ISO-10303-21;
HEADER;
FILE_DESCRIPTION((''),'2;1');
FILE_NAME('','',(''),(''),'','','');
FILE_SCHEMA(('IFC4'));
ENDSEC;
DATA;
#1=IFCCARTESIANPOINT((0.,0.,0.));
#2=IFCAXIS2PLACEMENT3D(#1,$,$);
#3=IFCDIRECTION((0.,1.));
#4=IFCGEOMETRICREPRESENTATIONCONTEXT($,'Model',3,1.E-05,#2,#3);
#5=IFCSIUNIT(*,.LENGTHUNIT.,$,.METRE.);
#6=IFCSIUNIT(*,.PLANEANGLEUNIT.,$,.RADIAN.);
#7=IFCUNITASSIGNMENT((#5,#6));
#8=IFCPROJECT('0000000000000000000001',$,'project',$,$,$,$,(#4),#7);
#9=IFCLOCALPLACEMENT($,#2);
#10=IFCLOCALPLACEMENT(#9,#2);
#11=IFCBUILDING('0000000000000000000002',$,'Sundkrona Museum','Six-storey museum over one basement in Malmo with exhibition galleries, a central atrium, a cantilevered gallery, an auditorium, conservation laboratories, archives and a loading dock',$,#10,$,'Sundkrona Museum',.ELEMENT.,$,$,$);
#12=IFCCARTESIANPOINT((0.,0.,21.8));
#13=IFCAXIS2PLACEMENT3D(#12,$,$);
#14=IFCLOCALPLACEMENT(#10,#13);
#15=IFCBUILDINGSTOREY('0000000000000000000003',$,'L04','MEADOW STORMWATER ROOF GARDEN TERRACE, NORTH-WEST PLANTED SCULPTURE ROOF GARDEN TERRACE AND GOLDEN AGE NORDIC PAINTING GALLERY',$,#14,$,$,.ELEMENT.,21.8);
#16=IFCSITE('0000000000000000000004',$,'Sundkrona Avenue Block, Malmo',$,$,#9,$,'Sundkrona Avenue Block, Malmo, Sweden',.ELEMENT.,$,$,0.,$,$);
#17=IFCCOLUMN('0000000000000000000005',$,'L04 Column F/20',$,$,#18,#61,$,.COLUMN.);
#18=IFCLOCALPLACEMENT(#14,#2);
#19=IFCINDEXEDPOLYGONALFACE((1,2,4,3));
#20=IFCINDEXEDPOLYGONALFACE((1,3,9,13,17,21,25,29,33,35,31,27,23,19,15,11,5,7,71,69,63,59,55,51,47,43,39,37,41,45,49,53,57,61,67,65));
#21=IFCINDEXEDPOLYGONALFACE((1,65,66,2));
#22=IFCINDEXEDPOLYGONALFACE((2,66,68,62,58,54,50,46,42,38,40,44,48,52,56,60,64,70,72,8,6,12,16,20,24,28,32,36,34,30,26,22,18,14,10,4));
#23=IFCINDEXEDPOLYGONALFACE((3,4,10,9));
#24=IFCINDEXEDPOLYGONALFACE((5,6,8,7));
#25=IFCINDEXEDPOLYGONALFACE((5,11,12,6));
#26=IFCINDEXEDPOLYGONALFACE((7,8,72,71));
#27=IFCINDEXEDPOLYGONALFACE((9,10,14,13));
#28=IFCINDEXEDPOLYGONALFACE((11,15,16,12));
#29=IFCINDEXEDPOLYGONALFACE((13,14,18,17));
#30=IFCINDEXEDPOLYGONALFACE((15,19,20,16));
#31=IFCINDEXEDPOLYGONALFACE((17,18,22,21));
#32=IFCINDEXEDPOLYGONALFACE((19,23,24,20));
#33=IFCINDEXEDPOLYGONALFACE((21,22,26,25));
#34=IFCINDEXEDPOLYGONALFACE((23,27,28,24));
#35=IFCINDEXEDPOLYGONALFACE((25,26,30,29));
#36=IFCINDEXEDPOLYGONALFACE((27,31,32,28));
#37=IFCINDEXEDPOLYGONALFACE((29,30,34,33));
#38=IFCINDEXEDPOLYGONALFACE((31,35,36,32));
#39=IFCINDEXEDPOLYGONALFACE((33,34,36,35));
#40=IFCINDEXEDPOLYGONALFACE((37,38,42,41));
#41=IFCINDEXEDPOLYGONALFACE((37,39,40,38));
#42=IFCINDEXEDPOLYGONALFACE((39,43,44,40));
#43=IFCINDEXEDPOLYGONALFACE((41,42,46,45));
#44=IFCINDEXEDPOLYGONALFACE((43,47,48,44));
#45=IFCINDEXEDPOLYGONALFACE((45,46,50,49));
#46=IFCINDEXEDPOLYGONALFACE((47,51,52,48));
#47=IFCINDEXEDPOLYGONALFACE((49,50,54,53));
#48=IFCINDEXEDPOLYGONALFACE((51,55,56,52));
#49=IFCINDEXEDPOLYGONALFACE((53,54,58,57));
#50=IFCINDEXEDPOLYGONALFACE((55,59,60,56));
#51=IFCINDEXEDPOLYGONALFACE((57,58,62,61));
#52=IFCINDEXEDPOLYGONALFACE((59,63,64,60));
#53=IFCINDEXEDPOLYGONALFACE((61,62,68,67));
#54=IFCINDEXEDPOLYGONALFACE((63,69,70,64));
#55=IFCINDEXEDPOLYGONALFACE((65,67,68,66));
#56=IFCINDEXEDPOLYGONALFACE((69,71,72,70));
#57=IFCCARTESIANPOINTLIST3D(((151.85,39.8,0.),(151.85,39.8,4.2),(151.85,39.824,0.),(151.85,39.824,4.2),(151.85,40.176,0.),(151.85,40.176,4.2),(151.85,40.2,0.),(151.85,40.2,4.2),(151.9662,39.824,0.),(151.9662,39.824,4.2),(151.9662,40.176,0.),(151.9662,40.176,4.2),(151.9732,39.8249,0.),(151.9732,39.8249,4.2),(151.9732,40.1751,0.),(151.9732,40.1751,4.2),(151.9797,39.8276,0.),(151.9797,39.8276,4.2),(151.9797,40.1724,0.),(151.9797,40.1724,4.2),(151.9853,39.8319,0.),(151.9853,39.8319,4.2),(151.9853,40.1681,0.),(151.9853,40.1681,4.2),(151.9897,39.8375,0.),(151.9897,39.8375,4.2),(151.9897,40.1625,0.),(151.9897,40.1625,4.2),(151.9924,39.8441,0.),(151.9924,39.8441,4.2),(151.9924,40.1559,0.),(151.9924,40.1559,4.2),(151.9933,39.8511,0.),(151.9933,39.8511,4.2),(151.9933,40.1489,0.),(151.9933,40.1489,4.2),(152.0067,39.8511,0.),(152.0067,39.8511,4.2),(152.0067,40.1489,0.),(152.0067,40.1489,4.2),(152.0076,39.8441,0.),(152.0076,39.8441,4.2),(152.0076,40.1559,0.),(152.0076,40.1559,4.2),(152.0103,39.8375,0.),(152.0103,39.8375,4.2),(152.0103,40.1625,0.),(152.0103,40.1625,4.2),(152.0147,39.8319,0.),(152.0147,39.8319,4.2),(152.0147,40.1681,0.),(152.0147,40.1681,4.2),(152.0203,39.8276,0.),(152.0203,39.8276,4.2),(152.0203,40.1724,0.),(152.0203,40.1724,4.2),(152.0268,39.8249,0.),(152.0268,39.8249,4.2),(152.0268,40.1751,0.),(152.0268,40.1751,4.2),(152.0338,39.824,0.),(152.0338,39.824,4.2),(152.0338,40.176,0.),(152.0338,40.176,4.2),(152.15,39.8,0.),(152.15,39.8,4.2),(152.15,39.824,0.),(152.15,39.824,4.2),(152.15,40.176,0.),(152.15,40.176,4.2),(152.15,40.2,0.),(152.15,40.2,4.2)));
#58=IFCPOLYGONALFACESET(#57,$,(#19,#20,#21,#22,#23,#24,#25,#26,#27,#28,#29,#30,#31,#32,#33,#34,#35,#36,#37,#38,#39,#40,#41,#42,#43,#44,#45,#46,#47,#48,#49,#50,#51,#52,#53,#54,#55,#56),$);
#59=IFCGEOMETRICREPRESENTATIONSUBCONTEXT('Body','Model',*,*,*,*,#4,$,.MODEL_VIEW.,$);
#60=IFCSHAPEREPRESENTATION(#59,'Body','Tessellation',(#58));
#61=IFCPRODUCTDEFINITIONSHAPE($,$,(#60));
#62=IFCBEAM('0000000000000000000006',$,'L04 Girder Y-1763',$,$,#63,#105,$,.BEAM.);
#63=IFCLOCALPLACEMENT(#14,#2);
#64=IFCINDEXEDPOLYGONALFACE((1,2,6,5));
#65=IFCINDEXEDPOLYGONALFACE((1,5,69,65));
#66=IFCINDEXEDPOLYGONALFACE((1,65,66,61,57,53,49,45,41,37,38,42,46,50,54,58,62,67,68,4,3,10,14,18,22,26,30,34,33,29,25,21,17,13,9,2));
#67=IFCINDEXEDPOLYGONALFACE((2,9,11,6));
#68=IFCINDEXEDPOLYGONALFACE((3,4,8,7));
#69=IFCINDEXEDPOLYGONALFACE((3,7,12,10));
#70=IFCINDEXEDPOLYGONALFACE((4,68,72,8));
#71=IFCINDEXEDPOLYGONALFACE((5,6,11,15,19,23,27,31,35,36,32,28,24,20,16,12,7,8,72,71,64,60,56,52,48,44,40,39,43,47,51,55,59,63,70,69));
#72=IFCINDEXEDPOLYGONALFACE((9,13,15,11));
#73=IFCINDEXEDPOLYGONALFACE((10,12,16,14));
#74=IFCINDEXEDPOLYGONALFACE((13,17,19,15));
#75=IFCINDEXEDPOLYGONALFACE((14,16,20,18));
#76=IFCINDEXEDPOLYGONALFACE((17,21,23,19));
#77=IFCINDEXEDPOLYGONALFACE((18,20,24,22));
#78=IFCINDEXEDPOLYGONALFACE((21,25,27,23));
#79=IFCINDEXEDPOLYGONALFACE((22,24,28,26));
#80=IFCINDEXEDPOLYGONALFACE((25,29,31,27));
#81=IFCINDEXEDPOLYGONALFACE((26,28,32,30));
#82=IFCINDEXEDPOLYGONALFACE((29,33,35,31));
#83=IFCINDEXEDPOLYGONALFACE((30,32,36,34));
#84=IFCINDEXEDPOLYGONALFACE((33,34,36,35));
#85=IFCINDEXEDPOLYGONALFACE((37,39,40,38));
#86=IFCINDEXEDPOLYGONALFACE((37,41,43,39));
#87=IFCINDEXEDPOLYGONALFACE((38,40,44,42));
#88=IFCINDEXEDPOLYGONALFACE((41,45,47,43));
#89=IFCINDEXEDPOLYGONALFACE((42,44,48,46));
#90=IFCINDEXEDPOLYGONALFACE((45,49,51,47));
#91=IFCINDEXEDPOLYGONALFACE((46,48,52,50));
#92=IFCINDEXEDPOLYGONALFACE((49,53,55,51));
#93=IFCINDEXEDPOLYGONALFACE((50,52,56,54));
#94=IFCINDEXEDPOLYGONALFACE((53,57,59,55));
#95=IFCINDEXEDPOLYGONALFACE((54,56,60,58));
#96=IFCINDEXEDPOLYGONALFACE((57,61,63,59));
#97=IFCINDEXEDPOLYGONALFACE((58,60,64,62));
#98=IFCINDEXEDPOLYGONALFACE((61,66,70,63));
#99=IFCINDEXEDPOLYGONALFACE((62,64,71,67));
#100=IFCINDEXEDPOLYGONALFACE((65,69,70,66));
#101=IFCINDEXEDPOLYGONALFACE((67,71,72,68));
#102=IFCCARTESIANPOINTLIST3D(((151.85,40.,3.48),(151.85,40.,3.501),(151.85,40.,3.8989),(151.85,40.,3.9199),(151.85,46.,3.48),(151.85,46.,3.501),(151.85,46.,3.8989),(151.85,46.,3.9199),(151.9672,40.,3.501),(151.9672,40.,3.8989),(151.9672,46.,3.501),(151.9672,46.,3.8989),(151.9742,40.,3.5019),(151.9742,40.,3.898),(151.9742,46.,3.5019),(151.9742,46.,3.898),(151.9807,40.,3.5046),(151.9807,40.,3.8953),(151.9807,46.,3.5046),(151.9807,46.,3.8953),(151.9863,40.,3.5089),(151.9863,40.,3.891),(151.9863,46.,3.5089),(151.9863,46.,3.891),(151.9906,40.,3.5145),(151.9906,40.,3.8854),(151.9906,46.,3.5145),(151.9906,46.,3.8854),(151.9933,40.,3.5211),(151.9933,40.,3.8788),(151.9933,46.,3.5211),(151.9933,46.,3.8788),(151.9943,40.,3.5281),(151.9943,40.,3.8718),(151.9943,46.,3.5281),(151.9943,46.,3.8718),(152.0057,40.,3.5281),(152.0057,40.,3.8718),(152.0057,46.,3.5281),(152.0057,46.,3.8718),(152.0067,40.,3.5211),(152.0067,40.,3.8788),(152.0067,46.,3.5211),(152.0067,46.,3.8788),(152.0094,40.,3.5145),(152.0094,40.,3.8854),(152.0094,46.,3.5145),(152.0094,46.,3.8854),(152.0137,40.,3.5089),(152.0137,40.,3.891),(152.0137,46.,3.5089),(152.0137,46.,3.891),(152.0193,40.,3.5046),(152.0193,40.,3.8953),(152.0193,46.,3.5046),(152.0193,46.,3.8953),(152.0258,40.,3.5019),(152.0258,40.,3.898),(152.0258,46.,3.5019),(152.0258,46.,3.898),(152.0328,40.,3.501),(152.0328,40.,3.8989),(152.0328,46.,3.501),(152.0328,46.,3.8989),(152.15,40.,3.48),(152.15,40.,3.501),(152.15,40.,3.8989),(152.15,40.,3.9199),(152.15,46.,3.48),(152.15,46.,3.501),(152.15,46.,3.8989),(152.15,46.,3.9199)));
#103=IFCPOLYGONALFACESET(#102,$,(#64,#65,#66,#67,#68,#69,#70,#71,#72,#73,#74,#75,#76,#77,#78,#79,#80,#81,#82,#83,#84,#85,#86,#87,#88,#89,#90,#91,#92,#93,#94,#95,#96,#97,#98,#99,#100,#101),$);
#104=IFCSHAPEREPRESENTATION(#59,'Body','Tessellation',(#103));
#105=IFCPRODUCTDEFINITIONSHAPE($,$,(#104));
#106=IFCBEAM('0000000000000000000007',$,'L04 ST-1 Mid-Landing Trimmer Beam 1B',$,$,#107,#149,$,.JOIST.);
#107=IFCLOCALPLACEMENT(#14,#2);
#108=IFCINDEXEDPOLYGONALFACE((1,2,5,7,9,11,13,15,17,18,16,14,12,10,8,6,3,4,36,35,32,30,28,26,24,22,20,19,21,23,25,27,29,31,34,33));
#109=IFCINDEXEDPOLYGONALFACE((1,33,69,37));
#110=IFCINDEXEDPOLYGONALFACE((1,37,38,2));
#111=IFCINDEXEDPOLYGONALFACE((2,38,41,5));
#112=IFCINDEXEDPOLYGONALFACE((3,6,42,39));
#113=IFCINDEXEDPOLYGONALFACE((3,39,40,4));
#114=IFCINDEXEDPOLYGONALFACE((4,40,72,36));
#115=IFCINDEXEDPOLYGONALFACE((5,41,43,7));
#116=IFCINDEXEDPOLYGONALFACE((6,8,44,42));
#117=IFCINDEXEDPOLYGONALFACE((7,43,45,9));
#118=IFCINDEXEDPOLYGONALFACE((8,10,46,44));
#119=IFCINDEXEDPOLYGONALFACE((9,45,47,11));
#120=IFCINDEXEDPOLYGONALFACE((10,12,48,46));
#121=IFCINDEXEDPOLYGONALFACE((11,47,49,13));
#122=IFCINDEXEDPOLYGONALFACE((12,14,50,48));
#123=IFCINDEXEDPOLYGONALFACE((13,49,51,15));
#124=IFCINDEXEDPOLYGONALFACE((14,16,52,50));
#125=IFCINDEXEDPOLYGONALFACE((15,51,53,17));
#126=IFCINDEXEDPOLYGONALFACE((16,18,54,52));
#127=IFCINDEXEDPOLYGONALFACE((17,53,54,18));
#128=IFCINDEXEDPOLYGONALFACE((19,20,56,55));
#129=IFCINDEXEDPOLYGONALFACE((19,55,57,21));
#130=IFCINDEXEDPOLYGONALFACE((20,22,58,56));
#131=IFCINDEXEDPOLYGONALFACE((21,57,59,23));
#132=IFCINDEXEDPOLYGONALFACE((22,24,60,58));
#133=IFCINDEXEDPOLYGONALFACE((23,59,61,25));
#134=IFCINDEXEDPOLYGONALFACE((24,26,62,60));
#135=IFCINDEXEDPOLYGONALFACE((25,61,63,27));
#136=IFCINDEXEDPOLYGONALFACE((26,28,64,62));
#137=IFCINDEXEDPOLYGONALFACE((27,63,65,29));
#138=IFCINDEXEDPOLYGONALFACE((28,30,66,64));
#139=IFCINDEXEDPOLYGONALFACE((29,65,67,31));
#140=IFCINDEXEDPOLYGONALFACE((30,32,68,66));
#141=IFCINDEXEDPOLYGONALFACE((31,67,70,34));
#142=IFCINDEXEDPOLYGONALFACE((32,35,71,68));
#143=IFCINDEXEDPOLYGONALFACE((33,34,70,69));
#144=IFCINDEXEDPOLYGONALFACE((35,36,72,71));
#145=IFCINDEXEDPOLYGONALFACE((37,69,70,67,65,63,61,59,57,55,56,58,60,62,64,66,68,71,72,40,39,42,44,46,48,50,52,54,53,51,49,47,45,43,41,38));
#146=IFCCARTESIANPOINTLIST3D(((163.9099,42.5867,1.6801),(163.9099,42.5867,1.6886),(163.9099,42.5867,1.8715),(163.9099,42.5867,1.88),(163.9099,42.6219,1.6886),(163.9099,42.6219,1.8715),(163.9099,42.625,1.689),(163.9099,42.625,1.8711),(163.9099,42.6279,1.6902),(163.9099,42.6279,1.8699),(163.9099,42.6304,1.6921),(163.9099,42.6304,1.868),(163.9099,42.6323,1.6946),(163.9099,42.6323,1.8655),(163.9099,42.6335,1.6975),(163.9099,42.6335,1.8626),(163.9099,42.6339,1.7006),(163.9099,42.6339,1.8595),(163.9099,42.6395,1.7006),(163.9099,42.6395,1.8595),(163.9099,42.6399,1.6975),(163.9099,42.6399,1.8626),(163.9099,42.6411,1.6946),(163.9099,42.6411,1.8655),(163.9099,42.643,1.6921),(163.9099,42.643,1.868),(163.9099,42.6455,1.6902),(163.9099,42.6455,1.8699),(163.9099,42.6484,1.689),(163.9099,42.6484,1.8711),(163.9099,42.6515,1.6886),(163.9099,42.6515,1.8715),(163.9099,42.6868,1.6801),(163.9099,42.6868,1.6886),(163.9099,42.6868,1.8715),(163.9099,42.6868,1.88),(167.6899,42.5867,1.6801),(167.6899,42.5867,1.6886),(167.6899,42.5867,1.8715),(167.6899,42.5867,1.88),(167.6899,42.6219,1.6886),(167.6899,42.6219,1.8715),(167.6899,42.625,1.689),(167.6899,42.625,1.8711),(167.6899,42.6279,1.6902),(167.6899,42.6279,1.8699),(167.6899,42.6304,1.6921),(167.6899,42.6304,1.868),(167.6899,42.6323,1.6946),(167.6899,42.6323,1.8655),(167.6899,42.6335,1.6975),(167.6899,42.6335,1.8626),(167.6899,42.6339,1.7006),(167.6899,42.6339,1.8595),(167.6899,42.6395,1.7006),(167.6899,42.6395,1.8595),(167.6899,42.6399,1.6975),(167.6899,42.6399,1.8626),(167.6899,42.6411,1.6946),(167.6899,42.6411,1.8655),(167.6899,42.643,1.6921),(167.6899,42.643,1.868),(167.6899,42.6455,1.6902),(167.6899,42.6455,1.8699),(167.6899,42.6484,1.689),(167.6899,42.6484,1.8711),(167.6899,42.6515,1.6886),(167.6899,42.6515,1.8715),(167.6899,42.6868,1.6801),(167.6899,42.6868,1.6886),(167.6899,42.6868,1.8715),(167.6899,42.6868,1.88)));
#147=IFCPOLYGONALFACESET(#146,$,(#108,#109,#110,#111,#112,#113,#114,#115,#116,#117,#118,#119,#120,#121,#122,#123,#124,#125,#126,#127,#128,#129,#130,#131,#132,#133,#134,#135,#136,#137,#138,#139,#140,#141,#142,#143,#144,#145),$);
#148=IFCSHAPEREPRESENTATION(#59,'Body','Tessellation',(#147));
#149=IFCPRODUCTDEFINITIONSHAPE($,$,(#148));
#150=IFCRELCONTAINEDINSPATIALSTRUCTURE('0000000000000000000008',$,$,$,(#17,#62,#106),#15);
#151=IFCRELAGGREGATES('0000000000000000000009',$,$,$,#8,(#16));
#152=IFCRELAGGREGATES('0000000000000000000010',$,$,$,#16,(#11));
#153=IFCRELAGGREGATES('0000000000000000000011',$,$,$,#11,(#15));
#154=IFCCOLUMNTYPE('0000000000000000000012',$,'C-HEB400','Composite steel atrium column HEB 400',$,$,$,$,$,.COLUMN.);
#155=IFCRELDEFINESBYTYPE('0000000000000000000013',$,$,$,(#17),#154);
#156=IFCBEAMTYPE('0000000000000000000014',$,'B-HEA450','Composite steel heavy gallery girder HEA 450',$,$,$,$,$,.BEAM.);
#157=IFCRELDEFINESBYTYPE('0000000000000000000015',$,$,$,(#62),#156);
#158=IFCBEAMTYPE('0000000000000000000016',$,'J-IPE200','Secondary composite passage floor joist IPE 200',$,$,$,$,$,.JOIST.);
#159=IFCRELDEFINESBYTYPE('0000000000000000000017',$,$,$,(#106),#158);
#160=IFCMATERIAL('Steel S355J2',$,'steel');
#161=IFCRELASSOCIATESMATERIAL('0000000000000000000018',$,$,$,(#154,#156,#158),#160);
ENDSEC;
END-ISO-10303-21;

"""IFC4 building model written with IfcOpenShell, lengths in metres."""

from ifc_helpers import new_model, si_unit, direction, frame, origin, origin_2d, place, context, subcontext, project, spatial, i_section, extrude, material, material_profile, profile_set, type_object, element, save


model = new_model("IFC4")

# Units and contexts
model_context = context("Model", 3, precision=1e-05, world=origin(), true_north=direction((0.0, 1.0)))
body_context = subcontext(model_context, "Body", "Model", "MODEL_VIEW")
ifc_project = project(units=[si_unit("LENGTHUNIT", "METRE"), si_unit("PLANEANGLEUNIT", "RADIAN")], contexts=[model_context])

# Site, building, storey
site_placement = place(None, origin())
site = spatial("IfcSite", under=ifc_project, at=site_placement, Name="Sundkrona Avenue Block, Malmo", LongName="Sundkrona Avenue Block, Malmo, Sweden", CompositionType="ELEMENT", RefElevation=0.0)
building_placement = place(site_placement, origin())
building = spatial("IfcBuilding", under=site, at=building_placement, Name="Sundkrona Museum", Description="Six-storey museum over one basement in Malmo with exhibition galleries, a central atrium, a cantilevered gallery, an auditorium, conservation laboratories, archives and a loading dock", LongName="Sundkrona Museum", CompositionType="ELEMENT")
storey_placement = place(building_placement, frame((0.0, 0.0, 21.8)))
storey = spatial("IfcBuildingStorey", under=building, at=storey_placement, Name="L04", Description="MEADOW STORMWATER ROOF GARDEN TERRACE, NORTH-WEST PLANTED SCULPTURE ROOF GARDEN TERRACE AND GOLDEN AGE NORDIC PAINTING GALLERY", CompositionType="ELEMENT", Elevation=21.8)

# Column
ifc_material_1 = material(Name="Steel S355J2", Category="steel")
ifc_material_profile_1 = material_profile(ifc_material_1, i_section(OverallWidth=0.3, OverallDepth=0.3999, WebThickness=0.0134, FlangeThickness=0.0239, FilletRadius=0.0271, at=origin_2d()), Name="HEB 400")
ifc_profile_set_1 = profile_set([ifc_material_profile_1], Name="Steel S355J2")
column_type = type_object("IfcColumnType", Name="C-HEB400", Description="Composite steel atrium column HEB 400", PredefinedType="COLUMN", material=ifc_profile_set_1)
column_placement = place(storey_placement, frame((152.0, 40.0, 0.0), z_axis=(0.0, 0.0, 1.0), x_axis=(1.0, 0.0, 0.0)))
element("IfcColumn", 1, at=column_placement, inside=storey, type_object=column_type, Name="L04 Column F/20", PredefinedType="COLUMN", context=body_context, shape_type="SweptSolid", body=[
    extrude(i_section(OverallWidth=0.3, OverallDepth=0.3999, WebThickness=0.0134, FlangeThickness=0.0239, FilletRadius=0.0271, at=origin_2d()), origin(), (0.0, 0.0, 1.0), 4.2),
])

# Beams
ifc_material_profile_2 = material_profile(ifc_material_1, i_section(OverallWidth=0.3, OverallDepth=0.4399, WebThickness=0.0115, FlangeThickness=0.021, FilletRadius=0.0271, at=origin_2d()), Name="HEA 450")
ifc_profile_set_2 = profile_set([ifc_material_profile_2], Name="Steel S355J2")
beam_type_1 = type_object("IfcBeamType", Name="B-HEA450", Description="Composite steel heavy gallery girder HEA 450", PredefinedType="BEAM", material=ifc_profile_set_2)
beam_1_placement = place(storey_placement, frame((152.0, 40.0, 3.7), z_axis=(0.0, 1.0, 0.0), x_axis=(-1.0, 0.0, 0.0)))
element("IfcBeam", 2, at=beam_1_placement, inside=storey, type_object=beam_type_1, Name="L04 Girder Y-1763", PredefinedType="BEAM", context=body_context, shape_type="SweptSolid", body=[
    extrude(i_section(OverallWidth=0.3, OverallDepth=0.4399, WebThickness=0.0115, FlangeThickness=0.021, FilletRadius=0.0271, at=origin_2d()), origin(), (0.0, 0.0, 1.0), 6.0),
])
ifc_material_profile_3 = material_profile(ifc_material_1, i_section(OverallWidth=0.1001, OverallDepth=0.2, WebThickness=0.0056, FlangeThickness=0.0085, FilletRadius=0.012, at=origin_2d()), Name="IPE 200")
ifc_profile_set_3 = profile_set([ifc_material_profile_3], Name="Steel S355J2")
beam_type_2 = type_object("IfcBeamType", Name="J-IPE200", Description="Secondary composite passage floor joist IPE 200", PredefinedType="JOIST", material=ifc_profile_set_3)
beam_2_placement = place(storey_placement, frame((163.9099, 42.6367, 1.78), z_axis=(1.0, 0.0, 0.0), x_axis=(0.0, 1.0, 0.0)))
element("IfcBeam", 3, at=beam_2_placement, inside=storey, type_object=beam_type_2, Name="L04 ST-1 Mid-Landing Trimmer Beam 1B", PredefinedType="JOIST", context=body_context, shape_type="SweptSolid", body=[
    extrude(i_section(OverallWidth=0.1001, OverallDepth=0.2, WebThickness=0.0056, FlangeThickness=0.0085, FilletRadius=0.012, at=origin_2d()), origin(), (0.0, 0.0, 1.0), 3.78),
])

save(model, "model.ifc")
